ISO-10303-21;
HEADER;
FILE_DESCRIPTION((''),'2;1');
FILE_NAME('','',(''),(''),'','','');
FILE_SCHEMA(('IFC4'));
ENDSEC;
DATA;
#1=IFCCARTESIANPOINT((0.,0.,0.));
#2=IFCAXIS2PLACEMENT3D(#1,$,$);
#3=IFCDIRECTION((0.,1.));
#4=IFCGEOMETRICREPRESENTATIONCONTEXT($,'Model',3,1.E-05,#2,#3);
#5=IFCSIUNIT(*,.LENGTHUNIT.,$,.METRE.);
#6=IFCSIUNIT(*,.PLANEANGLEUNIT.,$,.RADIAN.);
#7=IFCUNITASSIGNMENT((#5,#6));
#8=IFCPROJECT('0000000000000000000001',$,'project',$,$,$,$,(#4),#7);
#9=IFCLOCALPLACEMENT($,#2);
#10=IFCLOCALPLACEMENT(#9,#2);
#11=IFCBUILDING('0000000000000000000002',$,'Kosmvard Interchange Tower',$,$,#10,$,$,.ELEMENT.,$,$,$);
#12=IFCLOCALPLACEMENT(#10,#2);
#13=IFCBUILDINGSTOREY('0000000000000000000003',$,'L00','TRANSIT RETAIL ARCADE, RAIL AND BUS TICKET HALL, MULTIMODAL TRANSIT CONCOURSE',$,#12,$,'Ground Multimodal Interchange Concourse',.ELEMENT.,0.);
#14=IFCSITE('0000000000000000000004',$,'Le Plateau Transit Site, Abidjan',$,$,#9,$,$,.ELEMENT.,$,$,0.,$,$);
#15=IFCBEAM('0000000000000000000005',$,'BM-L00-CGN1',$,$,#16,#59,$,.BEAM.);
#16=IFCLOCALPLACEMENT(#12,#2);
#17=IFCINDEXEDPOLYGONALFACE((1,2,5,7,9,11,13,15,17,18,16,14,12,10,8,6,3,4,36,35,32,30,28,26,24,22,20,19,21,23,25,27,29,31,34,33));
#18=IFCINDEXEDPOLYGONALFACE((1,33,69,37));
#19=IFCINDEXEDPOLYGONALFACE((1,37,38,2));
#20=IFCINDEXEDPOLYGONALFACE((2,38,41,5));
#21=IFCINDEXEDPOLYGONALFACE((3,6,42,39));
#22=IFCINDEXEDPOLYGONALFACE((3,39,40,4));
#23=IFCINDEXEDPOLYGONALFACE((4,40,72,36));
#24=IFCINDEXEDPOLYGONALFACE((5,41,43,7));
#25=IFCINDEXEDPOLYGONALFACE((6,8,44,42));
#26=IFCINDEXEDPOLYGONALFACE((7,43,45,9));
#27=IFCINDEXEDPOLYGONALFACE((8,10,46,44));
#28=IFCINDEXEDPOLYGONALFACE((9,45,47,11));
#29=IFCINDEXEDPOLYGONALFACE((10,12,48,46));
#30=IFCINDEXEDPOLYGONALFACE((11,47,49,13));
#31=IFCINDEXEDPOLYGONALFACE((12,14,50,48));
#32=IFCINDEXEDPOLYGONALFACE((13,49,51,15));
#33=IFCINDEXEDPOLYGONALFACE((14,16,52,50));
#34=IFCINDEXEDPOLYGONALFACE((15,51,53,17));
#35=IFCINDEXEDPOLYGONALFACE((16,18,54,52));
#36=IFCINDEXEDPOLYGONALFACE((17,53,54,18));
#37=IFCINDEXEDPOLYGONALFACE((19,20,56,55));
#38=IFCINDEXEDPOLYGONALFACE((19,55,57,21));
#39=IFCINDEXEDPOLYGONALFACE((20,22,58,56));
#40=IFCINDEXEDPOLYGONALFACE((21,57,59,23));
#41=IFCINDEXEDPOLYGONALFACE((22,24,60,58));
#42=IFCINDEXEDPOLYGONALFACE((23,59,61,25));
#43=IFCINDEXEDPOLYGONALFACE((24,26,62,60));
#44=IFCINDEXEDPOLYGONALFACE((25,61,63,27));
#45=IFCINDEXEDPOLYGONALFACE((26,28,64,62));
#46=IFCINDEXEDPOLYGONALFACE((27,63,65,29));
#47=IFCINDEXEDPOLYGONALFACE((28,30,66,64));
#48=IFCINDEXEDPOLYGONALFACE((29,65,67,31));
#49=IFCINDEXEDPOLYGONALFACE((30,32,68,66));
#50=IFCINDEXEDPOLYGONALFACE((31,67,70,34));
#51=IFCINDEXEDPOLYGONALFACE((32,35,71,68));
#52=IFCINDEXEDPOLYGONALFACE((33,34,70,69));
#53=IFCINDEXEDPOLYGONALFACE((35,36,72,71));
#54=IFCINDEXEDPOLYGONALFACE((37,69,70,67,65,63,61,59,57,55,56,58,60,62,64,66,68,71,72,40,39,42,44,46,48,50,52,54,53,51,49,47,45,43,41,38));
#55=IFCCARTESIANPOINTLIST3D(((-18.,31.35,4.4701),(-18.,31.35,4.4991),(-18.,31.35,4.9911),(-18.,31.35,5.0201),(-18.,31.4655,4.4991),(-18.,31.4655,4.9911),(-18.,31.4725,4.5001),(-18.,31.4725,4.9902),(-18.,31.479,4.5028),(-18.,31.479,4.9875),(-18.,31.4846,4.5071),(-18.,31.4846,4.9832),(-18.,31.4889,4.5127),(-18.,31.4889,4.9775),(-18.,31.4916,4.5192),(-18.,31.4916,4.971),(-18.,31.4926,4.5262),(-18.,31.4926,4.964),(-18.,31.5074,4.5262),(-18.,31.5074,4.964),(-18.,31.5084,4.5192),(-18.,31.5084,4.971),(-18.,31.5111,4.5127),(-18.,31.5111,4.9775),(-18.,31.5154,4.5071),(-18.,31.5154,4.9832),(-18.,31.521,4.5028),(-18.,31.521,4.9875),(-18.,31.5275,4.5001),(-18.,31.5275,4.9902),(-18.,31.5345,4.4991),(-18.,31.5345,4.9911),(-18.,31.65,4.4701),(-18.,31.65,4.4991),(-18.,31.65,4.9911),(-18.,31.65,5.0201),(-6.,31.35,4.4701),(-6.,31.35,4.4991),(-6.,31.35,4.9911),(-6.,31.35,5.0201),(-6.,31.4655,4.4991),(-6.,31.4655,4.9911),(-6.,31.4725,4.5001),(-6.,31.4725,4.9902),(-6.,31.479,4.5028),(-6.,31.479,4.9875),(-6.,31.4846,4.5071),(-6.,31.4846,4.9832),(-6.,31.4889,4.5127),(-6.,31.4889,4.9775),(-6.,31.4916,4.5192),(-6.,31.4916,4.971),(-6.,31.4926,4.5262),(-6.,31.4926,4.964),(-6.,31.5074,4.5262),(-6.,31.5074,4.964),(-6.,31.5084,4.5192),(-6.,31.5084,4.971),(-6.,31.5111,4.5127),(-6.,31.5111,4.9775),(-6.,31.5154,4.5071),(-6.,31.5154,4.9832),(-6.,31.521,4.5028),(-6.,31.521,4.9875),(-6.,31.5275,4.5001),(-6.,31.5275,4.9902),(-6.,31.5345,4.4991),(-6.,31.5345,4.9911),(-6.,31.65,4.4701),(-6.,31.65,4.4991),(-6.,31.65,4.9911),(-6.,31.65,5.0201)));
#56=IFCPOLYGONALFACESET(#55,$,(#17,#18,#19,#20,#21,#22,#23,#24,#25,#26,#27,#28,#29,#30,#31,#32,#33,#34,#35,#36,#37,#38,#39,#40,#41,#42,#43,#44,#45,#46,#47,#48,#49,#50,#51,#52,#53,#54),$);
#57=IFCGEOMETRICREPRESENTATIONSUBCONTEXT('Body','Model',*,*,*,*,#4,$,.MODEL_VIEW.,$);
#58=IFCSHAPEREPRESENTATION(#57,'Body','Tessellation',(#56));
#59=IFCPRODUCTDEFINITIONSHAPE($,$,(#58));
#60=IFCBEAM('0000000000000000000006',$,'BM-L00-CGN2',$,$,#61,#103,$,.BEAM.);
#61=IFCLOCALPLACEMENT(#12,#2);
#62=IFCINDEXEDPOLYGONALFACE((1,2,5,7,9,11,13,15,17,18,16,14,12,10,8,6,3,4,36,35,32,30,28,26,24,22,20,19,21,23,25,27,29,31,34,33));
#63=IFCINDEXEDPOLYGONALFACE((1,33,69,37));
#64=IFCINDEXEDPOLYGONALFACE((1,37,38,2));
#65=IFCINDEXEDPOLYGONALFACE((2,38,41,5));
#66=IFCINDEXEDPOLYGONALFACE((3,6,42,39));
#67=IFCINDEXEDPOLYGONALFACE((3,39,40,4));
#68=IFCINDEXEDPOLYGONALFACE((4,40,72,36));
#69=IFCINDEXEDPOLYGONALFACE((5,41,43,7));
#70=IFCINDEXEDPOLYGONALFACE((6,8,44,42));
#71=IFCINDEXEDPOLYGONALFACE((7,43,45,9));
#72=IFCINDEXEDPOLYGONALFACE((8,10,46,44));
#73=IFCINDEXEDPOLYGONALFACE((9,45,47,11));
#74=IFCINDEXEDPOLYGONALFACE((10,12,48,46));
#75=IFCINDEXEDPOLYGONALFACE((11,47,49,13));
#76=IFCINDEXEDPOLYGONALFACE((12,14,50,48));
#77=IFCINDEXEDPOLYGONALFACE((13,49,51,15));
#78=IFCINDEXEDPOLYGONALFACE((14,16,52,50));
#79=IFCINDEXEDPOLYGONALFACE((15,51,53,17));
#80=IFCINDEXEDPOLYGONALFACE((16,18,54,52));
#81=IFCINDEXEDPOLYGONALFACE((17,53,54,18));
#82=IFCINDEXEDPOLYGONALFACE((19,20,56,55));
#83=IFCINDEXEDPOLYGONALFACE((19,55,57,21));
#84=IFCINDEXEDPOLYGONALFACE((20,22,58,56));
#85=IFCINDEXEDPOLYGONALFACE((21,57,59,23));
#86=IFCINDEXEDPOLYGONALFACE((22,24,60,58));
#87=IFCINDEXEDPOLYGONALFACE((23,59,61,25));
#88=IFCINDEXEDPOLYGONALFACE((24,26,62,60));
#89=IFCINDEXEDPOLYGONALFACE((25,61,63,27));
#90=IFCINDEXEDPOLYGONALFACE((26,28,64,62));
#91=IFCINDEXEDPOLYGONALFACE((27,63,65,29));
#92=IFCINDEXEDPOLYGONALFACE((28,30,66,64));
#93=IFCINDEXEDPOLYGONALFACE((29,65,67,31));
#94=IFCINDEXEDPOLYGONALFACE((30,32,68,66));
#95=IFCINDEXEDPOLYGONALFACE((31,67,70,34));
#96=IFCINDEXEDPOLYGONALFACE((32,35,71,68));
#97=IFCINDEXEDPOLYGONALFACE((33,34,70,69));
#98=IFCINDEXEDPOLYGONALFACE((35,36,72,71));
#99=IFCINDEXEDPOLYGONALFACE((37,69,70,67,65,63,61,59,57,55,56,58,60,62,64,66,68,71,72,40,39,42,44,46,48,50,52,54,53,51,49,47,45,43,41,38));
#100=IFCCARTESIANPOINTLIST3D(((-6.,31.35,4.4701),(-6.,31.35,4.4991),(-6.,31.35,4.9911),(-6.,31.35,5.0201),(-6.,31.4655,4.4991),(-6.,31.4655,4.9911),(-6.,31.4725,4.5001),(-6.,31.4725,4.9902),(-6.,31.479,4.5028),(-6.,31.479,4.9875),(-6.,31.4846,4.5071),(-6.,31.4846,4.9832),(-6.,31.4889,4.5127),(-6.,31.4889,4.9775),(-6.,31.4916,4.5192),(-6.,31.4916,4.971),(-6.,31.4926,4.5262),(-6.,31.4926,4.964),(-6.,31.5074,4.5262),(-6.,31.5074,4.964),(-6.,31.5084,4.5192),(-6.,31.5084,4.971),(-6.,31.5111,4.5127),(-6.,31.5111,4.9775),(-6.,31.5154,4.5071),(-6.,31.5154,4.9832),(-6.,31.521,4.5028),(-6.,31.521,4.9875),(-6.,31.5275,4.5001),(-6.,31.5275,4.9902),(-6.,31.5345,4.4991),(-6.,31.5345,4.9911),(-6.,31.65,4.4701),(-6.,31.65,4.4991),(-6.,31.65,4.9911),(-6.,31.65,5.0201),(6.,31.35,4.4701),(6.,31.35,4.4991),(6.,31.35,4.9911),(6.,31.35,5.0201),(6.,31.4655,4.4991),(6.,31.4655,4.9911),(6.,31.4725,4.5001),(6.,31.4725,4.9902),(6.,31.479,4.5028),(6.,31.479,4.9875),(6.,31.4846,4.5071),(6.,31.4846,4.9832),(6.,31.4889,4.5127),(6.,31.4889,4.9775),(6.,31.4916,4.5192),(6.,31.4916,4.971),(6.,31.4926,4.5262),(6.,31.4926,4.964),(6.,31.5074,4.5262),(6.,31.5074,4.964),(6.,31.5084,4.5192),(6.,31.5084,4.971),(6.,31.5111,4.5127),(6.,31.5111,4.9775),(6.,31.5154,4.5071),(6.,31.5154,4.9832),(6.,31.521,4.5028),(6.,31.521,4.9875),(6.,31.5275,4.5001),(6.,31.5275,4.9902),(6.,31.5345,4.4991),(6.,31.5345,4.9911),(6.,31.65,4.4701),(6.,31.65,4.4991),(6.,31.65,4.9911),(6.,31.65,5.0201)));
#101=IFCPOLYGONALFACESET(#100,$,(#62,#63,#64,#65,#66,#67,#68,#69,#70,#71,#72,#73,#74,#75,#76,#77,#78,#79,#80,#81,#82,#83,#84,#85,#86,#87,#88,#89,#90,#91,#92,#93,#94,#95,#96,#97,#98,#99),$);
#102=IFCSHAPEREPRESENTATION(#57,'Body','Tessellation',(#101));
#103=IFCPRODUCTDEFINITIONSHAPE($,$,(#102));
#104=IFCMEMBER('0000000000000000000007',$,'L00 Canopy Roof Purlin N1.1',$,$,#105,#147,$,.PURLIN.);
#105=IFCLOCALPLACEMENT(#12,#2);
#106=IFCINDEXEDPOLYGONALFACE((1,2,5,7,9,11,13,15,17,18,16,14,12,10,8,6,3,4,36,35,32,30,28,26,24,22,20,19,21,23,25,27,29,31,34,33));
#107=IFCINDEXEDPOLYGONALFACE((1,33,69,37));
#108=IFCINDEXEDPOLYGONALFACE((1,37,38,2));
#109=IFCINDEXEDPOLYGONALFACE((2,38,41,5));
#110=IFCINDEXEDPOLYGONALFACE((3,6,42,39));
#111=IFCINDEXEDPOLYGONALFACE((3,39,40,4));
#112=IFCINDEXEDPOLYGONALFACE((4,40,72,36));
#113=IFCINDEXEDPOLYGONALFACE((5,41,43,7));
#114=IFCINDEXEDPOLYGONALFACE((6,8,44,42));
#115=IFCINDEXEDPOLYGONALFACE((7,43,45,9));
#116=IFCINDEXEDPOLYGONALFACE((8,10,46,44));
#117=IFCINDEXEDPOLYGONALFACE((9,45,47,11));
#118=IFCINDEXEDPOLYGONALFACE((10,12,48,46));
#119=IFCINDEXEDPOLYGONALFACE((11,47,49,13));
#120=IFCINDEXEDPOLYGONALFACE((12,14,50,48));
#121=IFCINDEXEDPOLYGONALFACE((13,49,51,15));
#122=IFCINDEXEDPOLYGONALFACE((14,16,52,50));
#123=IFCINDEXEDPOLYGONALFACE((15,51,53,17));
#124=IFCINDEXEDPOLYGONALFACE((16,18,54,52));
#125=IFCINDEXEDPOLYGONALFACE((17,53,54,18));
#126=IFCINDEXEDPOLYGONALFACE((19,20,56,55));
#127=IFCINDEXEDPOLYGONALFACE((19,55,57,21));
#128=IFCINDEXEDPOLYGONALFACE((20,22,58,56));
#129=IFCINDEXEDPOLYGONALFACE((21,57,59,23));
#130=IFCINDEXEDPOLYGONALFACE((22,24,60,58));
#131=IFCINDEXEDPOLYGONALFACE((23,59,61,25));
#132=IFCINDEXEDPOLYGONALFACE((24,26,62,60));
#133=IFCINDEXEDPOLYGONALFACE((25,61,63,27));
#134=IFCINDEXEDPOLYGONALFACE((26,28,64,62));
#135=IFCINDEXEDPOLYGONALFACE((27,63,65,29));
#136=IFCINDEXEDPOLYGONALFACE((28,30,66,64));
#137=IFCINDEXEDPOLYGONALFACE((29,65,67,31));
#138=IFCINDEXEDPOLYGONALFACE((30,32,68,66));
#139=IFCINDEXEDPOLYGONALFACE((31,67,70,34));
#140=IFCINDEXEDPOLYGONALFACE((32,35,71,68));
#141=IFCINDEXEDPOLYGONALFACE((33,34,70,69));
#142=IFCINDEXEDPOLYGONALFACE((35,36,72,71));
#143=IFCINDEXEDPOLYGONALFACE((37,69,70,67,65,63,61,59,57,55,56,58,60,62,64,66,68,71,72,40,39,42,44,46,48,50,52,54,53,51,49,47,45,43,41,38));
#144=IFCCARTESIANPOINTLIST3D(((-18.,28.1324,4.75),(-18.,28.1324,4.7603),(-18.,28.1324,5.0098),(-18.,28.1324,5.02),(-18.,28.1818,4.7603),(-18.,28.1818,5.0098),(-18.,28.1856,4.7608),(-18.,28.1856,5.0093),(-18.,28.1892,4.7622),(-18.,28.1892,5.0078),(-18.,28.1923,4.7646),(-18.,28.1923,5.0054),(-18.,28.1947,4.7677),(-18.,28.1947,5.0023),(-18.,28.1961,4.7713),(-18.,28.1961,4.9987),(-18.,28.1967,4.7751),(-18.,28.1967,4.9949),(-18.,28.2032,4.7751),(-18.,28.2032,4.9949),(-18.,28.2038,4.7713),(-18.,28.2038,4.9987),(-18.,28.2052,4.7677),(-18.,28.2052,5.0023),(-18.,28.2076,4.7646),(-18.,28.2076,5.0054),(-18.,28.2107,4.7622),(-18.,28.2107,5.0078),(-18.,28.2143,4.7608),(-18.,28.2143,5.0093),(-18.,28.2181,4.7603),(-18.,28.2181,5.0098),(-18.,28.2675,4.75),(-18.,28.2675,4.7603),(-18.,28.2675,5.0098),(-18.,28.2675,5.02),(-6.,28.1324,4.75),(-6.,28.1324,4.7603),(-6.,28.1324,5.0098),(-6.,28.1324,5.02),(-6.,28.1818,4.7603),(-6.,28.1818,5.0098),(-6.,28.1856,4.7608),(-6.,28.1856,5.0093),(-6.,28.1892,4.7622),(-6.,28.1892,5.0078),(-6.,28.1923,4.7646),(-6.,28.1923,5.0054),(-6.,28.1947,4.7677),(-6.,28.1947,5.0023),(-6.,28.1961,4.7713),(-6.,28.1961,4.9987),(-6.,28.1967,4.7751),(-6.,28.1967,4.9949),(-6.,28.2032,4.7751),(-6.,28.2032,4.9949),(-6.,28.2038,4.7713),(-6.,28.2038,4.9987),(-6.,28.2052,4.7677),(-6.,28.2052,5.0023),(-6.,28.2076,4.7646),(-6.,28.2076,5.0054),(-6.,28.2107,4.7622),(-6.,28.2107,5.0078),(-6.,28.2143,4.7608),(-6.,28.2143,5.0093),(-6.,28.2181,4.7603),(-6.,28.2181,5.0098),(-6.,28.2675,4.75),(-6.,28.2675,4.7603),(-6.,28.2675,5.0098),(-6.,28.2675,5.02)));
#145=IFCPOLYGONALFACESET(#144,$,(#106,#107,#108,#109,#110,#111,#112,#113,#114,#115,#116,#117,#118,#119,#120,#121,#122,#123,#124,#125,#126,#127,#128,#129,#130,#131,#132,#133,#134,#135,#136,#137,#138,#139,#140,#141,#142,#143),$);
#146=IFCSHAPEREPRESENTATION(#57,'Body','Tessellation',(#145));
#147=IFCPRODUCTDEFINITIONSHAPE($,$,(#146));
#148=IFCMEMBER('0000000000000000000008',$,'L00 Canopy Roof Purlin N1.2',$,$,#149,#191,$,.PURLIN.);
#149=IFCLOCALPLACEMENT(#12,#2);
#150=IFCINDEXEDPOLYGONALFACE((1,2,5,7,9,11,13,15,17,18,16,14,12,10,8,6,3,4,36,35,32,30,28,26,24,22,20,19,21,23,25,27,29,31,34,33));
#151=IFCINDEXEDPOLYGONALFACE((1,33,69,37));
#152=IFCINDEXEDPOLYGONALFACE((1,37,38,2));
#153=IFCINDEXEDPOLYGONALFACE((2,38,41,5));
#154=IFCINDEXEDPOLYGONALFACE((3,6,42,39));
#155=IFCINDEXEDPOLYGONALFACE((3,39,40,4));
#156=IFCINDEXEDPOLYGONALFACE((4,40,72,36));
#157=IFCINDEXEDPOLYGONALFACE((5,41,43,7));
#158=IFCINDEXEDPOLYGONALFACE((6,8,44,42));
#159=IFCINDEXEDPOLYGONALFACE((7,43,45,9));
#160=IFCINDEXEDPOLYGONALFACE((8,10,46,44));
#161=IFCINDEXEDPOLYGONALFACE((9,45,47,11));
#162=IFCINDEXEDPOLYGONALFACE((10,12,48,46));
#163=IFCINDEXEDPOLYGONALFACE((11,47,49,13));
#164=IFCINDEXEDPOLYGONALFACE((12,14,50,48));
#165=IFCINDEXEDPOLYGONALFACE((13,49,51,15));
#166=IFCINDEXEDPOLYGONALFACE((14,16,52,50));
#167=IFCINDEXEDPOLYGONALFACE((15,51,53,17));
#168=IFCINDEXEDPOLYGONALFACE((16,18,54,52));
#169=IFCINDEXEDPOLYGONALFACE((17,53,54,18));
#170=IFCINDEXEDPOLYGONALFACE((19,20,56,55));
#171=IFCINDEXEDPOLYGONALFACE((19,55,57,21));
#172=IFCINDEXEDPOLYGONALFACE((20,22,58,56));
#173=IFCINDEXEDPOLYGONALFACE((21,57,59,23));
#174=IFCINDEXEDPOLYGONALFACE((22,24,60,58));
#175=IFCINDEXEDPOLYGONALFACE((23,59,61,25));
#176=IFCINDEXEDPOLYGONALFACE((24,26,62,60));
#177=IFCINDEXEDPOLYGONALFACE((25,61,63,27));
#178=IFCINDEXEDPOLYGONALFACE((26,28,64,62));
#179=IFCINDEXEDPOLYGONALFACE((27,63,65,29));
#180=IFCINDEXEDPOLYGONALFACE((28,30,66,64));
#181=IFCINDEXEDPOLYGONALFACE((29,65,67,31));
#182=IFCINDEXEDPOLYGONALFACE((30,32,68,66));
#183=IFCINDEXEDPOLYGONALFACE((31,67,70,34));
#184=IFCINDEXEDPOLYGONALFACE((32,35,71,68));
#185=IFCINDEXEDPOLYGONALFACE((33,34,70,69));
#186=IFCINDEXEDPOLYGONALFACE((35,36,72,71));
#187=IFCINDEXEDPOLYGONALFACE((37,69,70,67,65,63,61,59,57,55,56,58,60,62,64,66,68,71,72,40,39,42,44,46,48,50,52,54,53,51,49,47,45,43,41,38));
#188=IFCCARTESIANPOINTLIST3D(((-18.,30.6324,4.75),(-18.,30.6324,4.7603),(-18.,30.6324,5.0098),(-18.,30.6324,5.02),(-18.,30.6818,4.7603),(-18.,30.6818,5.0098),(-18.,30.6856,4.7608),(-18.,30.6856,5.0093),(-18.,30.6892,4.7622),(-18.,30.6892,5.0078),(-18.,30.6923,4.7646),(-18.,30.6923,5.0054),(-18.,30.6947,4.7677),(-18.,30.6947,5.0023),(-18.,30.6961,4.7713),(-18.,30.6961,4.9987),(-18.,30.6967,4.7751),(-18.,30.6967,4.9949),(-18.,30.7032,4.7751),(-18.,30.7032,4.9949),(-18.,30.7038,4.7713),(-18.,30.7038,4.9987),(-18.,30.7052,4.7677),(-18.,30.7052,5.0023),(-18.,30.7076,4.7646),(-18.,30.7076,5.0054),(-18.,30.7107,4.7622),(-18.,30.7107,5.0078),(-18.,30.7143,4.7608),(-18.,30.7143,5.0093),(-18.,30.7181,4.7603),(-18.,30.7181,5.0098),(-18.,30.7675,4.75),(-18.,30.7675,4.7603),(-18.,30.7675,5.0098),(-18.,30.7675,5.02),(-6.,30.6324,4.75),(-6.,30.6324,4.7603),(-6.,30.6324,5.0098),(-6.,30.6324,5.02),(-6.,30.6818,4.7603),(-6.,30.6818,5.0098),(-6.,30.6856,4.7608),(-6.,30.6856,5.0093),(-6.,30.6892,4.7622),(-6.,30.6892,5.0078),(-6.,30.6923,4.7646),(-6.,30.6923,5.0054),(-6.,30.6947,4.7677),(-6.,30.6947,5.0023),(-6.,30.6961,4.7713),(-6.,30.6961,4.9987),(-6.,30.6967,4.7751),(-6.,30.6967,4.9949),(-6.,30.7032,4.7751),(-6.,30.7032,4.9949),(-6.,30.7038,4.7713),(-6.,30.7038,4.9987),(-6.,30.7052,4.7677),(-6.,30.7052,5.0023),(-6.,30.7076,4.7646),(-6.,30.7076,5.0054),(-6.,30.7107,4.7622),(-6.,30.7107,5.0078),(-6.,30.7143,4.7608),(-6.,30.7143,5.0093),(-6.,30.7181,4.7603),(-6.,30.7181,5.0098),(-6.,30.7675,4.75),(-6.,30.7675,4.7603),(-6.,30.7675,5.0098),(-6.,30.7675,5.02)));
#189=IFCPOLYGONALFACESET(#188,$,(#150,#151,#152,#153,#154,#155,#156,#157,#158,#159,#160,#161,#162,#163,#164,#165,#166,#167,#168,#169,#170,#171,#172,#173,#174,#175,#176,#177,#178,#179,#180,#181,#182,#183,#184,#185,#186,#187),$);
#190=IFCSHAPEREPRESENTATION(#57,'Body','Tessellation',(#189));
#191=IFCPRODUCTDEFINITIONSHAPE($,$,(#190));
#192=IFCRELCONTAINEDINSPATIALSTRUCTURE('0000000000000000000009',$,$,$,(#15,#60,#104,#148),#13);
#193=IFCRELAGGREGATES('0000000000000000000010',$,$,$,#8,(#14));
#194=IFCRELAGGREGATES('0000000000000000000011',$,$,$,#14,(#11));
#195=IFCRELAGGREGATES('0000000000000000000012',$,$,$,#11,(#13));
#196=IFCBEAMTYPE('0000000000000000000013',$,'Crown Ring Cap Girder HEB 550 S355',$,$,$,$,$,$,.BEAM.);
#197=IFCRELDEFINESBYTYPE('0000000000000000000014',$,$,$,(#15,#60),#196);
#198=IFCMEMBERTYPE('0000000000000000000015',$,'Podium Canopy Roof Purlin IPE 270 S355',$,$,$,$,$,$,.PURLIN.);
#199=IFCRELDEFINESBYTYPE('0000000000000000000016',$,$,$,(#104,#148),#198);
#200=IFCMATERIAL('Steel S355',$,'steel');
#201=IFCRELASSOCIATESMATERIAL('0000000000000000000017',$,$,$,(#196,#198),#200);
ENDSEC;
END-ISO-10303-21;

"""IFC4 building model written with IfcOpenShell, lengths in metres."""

from ifc_helpers import new_model, si_unit, direction, frame, origin, origin_2d, place, context, subcontext, project, spatial, i_section, extrude, source, transform, mapped, material, material_profile, profile_set, type_object, element, save


model = new_model("IFC4")

# Units and contexts
model_context = context("Model", 3, precision=1e-05, world=origin(), true_north=direction((0.0, 1.0)))
body_context = subcontext(model_context, "Body", "Model", "MODEL_VIEW")
ifc_project = project(units=[si_unit("LENGTHUNIT", "METRE"), si_unit("PLANEANGLEUNIT", "RADIAN")], contexts=[model_context])

# Site, building, storey
site_placement = place(None, origin())
site = spatial("IfcSite", under=ifc_project, at=site_placement, Name="Le Plateau Transit Site, Abidjan", CompositionType="ELEMENT", RefElevation=0.0)
building_placement = place(site_placement, origin())
building = spatial("IfcBuilding", under=site, at=building_placement, Name="Kosmvard Interchange Tower", CompositionType="ELEMENT")
storey_placement = place(building_placement, origin())
storey = spatial("IfcBuildingStorey", under=building, at=storey_placement, Name="L00", Description="TRANSIT RETAIL ARCADE, RAIL AND BUS TICKET HALL, MULTIMODAL TRANSIT CONCOURSE", LongName="Ground Multimodal Interchange Concourse", CompositionType="ELEMENT", Elevation=0.0)

# Shared definitions
ifc_material_1 = material(Name="Steel S355", Category="steel")

# Beams
ifc_material_profile_1 = material_profile(ifc_material_1, i_section(OverallWidth=0.3, OverallDepth=0.55, WebThickness=0.0149, FlangeThickness=0.0291, FilletRadius=0.0271, at=origin_2d()), Name="HEB 550")
ifc_profile_set_1 = profile_set([ifc_material_profile_1], Name="Steel S355")
beam_type_1 = type_object("IfcBeamType", Name="Crown Ring Cap Girder HEB 550 S355", PredefinedType="BEAM", material=ifc_profile_set_1)
shared_shape_1 = source(origin(), body_context, "Body", "SweptSolid", [
    extrude(i_section(OverallWidth=0.3, OverallDepth=0.55, WebThickness=0.0149, FlangeThickness=0.0291, FilletRadius=0.0271, at=origin_2d()), origin(), (0.0, 0.0, 1.0), 12.0),
])
for number, where, z_axis, x_axis, name in (
    (1, (-18.0, 31.5, 4.7451), (1.0, 0.0, 0.0), (0.0, 1.0, 0.0), "BM-L00-CGN1"),
    (2, (-6.0, 31.5, 4.7451), (1.0, 0.0, 0.0), (0.0, 1.0, 0.0), "BM-L00-CGN2"),
):
    element("IfcBeam", number, at=place(storey_placement, frame(where, z_axis=z_axis, x_axis=x_axis)), inside=storey, type_object=beam_type_1, Name=name, PredefinedType="BEAM", context=body_context, shape_type="MappedRepresentation", body=[
        mapped(shared_shape_1, transform((0.0, 0.0, 0.0), scale=1.0)),
    ])

# Members
ifc_material_profile_2 = material_profile(ifc_material_1, i_section(OverallWidth=0.135, OverallDepth=0.27, WebThickness=0.0066, FlangeThickness=0.0103, FilletRadius=0.0149, at=origin_2d()), Name="IPE 270")
ifc_profile_set_2 = profile_set([ifc_material_profile_2], Name="Steel S355")
member_type_1 = type_object("IfcMemberType", Name="Podium Canopy Roof Purlin IPE 270 S355", PredefinedType="PURLIN", material=ifc_profile_set_2)
shared_shape_2 = source(origin(), body_context, "Body", "SweptSolid", [
    extrude(i_section(OverallWidth=0.135, OverallDepth=0.27, WebThickness=0.0066, FlangeThickness=0.0103, FilletRadius=0.0149, at=origin_2d()), origin(), (0.0, 0.0, 1.0), 12.0),
])
for number, where, z_axis, x_axis, name in (
    (3, (-18.0, 28.2, 4.885), (1.0, 0.0, 0.0), (0.0, 1.0, 0.0), "L00 Canopy Roof Purlin N1.1"),
    (4, (-18.0, 30.7, 4.885), (1.0, 0.0, 0.0), (0.0, 1.0, 0.0), "L00 Canopy Roof Purlin N1.2"),
):
    element("IfcMember", number, at=place(storey_placement, frame(where, z_axis=z_axis, x_axis=x_axis)), inside=storey, type_object=member_type_1, Name=name, PredefinedType="PURLIN", context=body_context, shape_type="MappedRepresentation", body=[
        mapped(shared_shape_2, transform((0.0, 0.0, 0.0), scale=1.0)),
    ])

save(model, "model.ifc")
